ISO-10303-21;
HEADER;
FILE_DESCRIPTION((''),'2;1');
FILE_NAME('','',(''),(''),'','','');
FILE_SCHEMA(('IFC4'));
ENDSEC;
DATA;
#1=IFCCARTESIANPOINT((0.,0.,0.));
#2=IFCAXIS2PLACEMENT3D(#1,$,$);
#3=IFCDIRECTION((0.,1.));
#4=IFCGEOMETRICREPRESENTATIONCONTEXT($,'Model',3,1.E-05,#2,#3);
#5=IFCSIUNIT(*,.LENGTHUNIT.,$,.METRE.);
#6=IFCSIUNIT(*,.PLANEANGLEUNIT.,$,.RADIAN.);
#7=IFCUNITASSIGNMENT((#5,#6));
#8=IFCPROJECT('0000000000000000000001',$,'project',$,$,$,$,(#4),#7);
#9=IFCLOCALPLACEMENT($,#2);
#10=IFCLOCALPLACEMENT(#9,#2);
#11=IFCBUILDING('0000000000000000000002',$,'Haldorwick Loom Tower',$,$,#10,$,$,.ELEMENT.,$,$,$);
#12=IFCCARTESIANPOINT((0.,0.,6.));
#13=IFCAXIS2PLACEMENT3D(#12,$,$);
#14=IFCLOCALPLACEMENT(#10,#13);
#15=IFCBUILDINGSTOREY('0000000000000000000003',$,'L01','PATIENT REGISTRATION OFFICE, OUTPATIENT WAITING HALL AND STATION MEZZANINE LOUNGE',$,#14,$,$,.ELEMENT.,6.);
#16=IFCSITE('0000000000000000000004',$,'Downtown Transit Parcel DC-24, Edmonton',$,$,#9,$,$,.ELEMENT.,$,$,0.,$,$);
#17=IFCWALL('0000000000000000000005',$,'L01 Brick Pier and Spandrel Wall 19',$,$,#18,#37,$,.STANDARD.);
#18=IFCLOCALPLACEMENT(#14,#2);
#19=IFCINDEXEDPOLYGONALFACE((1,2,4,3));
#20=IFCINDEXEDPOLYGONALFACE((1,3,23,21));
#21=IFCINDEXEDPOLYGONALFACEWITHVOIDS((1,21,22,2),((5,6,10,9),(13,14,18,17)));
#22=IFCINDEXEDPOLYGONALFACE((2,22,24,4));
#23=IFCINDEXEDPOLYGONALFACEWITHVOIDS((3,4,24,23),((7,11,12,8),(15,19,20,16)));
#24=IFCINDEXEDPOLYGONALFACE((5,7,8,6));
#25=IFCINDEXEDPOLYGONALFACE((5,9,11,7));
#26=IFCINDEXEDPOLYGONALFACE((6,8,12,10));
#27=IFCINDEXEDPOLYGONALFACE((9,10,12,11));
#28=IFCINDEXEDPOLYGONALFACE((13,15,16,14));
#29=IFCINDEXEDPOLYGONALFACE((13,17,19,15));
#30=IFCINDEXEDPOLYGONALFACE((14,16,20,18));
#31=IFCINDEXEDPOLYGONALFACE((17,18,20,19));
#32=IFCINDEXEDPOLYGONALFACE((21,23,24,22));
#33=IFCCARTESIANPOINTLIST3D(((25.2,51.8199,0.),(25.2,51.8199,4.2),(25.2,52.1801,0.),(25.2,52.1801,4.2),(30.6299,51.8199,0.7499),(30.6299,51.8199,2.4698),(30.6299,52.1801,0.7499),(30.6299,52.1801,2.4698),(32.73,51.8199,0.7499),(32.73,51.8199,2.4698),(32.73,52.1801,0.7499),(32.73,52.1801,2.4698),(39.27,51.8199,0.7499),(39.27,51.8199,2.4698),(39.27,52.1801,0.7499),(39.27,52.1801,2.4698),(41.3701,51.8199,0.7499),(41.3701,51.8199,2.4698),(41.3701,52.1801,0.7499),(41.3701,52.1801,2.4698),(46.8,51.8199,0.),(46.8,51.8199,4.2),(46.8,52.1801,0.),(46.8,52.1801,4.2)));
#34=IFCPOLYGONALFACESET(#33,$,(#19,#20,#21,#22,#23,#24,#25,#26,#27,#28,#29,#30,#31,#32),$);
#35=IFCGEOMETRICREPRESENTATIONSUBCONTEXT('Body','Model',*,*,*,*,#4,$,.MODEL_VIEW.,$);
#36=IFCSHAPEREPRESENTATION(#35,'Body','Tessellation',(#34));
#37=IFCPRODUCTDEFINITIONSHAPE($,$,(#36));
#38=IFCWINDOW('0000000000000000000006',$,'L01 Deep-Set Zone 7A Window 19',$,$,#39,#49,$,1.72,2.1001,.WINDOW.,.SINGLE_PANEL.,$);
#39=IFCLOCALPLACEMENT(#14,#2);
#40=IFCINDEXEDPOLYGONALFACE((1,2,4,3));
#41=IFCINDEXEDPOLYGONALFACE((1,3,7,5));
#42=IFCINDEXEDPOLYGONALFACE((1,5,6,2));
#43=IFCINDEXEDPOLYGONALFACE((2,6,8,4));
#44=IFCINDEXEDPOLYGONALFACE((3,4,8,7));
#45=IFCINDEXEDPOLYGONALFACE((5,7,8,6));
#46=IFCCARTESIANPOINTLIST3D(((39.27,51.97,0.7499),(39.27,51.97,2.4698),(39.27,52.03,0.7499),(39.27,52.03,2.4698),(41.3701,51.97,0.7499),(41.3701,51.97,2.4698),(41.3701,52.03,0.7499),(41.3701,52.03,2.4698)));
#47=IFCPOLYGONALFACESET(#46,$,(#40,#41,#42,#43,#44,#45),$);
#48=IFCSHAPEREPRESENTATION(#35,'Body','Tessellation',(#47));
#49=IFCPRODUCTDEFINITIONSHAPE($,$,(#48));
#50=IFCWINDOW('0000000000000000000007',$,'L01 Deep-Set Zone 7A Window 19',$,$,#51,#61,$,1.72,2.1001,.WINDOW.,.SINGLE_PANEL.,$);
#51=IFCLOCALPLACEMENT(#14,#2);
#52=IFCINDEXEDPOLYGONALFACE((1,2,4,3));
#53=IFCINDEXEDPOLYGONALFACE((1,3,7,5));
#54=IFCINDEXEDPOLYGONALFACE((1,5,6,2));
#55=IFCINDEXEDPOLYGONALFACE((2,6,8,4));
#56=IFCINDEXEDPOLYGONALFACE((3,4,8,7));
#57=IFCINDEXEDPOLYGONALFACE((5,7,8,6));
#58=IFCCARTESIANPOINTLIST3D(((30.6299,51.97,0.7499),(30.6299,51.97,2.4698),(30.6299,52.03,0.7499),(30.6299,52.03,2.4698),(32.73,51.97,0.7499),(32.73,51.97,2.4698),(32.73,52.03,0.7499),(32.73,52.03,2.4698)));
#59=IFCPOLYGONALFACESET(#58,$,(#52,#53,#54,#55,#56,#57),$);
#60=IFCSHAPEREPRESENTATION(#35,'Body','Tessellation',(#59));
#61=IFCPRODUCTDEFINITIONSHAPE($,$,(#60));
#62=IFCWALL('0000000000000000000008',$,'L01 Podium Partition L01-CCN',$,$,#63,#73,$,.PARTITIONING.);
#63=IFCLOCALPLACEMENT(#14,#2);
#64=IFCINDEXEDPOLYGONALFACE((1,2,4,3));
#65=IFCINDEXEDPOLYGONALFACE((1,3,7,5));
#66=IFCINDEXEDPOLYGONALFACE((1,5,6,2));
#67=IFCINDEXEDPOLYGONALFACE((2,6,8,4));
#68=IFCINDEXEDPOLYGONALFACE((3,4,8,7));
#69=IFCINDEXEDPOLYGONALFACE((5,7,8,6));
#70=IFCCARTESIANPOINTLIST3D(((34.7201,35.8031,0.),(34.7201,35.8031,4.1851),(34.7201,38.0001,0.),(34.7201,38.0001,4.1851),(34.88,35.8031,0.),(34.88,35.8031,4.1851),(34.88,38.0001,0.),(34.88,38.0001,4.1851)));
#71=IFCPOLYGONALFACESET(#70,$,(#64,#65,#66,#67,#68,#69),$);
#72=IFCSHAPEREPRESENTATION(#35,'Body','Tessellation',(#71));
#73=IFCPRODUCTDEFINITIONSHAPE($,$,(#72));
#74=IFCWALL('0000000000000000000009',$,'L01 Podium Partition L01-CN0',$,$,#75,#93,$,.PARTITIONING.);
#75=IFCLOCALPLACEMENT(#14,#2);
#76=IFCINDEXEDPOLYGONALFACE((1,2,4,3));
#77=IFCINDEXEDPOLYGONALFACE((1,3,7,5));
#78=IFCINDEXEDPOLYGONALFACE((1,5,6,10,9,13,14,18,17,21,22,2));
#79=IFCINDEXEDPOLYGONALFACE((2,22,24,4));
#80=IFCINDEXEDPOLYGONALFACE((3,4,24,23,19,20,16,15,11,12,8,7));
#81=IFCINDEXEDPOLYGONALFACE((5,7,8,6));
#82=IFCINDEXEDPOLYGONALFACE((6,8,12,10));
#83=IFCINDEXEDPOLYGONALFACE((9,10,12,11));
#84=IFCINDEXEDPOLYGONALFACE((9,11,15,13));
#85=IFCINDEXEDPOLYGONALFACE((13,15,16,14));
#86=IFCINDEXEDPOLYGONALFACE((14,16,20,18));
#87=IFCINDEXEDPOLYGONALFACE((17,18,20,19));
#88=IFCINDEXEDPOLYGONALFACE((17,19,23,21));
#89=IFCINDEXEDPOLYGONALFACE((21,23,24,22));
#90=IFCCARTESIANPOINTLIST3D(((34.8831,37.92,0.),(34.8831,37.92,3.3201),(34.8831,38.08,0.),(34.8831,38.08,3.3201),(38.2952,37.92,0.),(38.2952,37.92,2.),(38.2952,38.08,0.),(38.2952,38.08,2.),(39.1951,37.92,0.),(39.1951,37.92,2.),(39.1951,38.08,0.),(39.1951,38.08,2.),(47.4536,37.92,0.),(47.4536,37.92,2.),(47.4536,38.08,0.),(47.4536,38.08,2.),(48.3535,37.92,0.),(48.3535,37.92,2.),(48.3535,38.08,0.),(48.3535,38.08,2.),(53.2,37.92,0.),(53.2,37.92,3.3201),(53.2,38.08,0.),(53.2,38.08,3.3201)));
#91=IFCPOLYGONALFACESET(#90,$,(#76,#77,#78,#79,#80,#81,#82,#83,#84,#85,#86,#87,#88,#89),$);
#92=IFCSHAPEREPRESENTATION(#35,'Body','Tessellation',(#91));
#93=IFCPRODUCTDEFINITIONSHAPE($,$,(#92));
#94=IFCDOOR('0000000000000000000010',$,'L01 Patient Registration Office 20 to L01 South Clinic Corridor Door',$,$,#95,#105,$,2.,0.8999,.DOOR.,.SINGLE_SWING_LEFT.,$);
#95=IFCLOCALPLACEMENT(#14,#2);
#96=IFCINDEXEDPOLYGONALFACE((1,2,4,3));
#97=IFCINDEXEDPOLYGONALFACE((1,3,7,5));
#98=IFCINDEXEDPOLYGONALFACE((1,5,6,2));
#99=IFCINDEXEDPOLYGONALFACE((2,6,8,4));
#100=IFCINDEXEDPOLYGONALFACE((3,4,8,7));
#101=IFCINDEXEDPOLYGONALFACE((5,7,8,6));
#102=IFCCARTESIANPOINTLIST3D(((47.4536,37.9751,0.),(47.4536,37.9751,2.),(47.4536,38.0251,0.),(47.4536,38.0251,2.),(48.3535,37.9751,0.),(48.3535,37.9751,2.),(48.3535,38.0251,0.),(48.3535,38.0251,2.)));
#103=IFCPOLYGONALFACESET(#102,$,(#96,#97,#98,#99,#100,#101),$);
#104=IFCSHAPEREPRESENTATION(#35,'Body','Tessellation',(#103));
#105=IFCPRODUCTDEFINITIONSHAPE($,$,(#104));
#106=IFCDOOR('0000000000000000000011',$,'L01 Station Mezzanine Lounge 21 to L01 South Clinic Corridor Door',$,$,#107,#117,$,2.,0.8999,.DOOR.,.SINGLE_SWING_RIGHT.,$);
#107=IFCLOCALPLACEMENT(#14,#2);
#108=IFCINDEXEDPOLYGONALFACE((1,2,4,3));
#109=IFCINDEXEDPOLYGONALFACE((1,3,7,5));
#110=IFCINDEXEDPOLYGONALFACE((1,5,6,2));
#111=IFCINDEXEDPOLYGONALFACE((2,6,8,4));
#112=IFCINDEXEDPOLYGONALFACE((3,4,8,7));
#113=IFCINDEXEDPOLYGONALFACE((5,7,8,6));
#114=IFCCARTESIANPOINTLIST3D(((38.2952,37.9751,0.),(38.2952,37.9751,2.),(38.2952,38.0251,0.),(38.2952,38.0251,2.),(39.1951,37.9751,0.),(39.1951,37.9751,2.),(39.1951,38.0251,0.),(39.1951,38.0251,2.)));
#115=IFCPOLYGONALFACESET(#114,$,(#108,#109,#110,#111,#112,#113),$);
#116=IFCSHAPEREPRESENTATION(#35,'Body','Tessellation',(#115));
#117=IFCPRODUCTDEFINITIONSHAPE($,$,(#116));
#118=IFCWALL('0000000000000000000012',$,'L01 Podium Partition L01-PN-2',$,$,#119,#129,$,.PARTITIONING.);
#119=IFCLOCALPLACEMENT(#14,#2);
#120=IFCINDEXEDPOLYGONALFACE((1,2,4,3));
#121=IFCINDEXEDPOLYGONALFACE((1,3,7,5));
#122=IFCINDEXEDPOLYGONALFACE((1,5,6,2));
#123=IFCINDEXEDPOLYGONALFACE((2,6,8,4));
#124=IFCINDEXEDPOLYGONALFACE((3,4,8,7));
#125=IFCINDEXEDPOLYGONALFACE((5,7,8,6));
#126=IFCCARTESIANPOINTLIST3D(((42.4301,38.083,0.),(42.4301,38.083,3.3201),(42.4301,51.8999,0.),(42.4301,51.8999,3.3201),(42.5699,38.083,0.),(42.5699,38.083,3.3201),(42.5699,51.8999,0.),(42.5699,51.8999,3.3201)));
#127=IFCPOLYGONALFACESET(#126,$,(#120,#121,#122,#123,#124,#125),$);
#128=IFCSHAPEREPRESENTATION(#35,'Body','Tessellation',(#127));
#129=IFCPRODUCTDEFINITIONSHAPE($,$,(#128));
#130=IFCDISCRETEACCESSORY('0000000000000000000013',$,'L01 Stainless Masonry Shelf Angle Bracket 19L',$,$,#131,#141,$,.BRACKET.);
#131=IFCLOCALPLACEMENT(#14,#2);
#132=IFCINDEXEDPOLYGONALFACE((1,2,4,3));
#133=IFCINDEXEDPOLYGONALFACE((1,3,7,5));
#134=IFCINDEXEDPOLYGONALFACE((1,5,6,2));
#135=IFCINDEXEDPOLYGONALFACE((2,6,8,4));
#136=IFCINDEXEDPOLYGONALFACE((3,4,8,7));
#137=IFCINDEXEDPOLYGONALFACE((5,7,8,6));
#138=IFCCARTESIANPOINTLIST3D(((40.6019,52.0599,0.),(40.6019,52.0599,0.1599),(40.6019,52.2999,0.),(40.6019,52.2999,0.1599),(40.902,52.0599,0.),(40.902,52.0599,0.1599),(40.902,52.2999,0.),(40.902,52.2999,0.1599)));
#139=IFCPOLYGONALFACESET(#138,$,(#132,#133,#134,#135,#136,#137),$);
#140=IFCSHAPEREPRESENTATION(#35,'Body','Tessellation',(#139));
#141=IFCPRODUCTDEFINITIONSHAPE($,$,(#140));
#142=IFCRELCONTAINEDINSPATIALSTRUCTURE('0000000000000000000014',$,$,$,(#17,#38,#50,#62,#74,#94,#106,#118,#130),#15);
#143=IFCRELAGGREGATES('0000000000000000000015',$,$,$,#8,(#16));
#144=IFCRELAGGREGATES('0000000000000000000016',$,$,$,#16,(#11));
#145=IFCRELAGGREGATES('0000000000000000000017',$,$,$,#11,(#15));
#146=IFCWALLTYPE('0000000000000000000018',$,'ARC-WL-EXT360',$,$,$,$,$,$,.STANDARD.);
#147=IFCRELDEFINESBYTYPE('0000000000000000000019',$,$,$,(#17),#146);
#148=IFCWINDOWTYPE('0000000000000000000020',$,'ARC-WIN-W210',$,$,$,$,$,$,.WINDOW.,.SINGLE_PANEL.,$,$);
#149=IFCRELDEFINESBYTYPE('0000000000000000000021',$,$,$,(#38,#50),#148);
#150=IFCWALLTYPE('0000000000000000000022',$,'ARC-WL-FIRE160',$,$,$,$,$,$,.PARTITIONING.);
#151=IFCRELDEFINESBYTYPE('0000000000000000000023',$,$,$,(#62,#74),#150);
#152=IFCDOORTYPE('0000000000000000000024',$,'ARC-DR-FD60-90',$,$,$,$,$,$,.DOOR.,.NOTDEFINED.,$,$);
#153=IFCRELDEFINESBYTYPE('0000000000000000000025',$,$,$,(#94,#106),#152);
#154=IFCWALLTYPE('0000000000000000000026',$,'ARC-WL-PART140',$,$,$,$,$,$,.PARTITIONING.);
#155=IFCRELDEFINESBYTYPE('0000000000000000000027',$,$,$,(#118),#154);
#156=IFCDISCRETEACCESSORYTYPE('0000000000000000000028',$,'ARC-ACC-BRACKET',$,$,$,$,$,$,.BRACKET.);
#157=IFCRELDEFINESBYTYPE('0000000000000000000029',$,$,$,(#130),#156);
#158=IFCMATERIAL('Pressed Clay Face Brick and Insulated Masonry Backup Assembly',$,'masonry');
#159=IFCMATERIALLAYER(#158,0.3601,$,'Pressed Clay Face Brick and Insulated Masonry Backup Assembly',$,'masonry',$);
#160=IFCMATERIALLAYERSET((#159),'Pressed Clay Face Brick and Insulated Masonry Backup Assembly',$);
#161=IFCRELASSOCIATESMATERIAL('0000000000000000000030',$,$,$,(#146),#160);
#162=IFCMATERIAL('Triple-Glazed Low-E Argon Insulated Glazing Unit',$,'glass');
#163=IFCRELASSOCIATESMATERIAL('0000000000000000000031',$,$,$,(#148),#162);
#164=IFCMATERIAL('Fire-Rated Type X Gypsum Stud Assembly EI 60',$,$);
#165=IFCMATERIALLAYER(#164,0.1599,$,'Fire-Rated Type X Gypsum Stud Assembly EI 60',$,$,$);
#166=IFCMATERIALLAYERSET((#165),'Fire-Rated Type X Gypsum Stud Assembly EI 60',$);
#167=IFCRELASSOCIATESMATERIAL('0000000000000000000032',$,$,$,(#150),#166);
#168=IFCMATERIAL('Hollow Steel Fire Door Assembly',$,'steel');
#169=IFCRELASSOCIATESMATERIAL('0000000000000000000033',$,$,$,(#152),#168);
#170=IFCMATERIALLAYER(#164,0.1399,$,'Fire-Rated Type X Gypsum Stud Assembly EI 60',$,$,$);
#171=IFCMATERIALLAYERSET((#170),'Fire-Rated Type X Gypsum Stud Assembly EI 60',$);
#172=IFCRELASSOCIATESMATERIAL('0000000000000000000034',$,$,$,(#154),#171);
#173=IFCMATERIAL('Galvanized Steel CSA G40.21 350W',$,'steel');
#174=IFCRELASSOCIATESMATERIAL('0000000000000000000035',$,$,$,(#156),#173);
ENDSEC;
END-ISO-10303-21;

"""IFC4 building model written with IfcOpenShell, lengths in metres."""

from ifc_helpers import new_model, si_unit, direction, frame, frame_2d, origin, origin_2d, place, context, subcontext, project, spatial, rectangle, extrude, material, layer, layer_set, type_object, element, fill, save


model = new_model("IFC4")

# Units and contexts
model_context = context("Model", 3, precision=1e-05, world=origin(), true_north=direction((0.0, 1.0)))
body_context = subcontext(model_context, "Body", "Model", "MODEL_VIEW")
ifc_project = project(units=[si_unit("LENGTHUNIT", "METRE"), si_unit("PLANEANGLEUNIT", "RADIAN")], contexts=[model_context])

# Site, building, storey
site_placement = place(None, origin())
site = spatial("IfcSite", under=ifc_project, at=site_placement, Name="Downtown Transit Parcel DC-24, Edmonton", CompositionType="ELEMENT", RefElevation=0.0)
building_placement = place(site_placement, origin())
building = spatial("IfcBuilding", under=site, at=building_placement, Name="Haldorwick Loom Tower", CompositionType="ELEMENT")
storey_placement = place(building_placement, frame((0.0, 0.0, 6.0)))
storey = spatial("IfcBuildingStorey", under=building, at=storey_placement, Name="L01", Description="PATIENT REGISTRATION OFFICE, OUTPATIENT WAITING HALL AND STATION MEZZANINE LOUNGE", CompositionType="ELEMENT", Elevation=6.0)

# Wall, openings, windows
ifc_material_1 = material(Name="Pressed Clay Face Brick and Insulated Masonry Backup Assembly", Category="masonry")
ifc_layer_1 = layer(ifc_material_1, 0.3601, Name="Pressed Clay Face Brick and Insulated Masonry Backup Assembly", Category="masonry")
ifc_layer_set_1 = layer_set([ifc_layer_1], Name="Pressed Clay Face Brick and Insulated Masonry Backup Assembly")
wall_type_1 = type_object("IfcWallType", Name="ARC-WL-EXT360", PredefinedType="STANDARD", material=ifc_layer_set_1)
wall_1_placement = place(storey_placement, frame((46.8, 52.0, 0.0), z_axis=(0.0, 0.0, 1.0), x_axis=(-1.0, 0.0, 0.0)))
wall_1 = element("IfcWall", 1, at=wall_1_placement, inside=storey, type_object=wall_type_1, Name="L01 Brick Pier and Spandrel Wall 19", PredefinedType="STANDARD", context=body_context, shape_type="SweptSolid", body=[
    extrude(rectangle(XDim=21.6001, YDim=0.3601, at=frame_2d((10.8, 0.0))), origin(), (0.0, 0.0, 1.0), 4.2),
])
opening_1_placement = place(wall_1_placement, frame((5.4299, 0.0, 0.75)))
opening_1 = element("IfcOpeningElement", 2, at=opening_1_placement, cuts=wall_1, PredefinedType="OPENING", context=body_context, shape_type="SweptSolid", body=[
    extrude(rectangle(XDim=2.1001, YDim=1.72, at=frame_2d((1.05, 0.8599))), frame((0.0, 0.1899, 0.0), z_axis=(0.0, -1.0, 0.0), x_axis=(1.0, 0.0, 0.0)), (0.0, 0.0, 1.0), 0.3801),
])
opening_2_placement = place(wall_1_placement, frame((14.0701, 0.0, 0.75)))
opening_2 = element("IfcOpeningElement", 3, at=opening_2_placement, cuts=wall_1, PredefinedType="OPENING", context=body_context, shape_type="SweptSolid", body=[
    extrude(rectangle(XDim=2.1001, YDim=1.72, at=frame_2d((1.05, 0.8599))), frame((0.0, 0.1899, 0.0), z_axis=(0.0, -1.0, 0.0), x_axis=(1.0, 0.0, 0.0)), (0.0, 0.0, 1.0), 0.3801),
])
ifc_material_2 = material(Name="Triple-Glazed Low-E Argon Insulated Glazing Unit", Category="glass")
window_type = type_object("IfcWindowType", Name="ARC-WIN-W210", PartitioningType="SINGLE_PANEL", PredefinedType="WINDOW", material=ifc_material_2)
window_1_placement = place(opening_1_placement, origin())
window_1 = element("IfcWindow", 4, at=window_1_placement, inside=storey, type_object=window_type, Name="L01 Deep-Set Zone 7A Window 19", OverallHeight=1.72, OverallWidth=2.1001, PartitioningType="SINGLE_PANEL", PredefinedType="WINDOW", context=body_context, shape_type="SweptSolid", body=[
    extrude(rectangle(XDim=2.1001, YDim=1.72, at=frame_2d((1.05, 0.8599))), frame((0.0, 0.03, 0.0), z_axis=(0.0, -1.0, 0.0), x_axis=(1.0, 0.0, 0.0)), (0.0, 0.0, 1.0), 0.0601),
])
fill(opening_1, window_1)
window_2_placement = place(opening_2_placement, origin())
window_2 = element("IfcWindow", 5, at=window_2_placement, inside=storey, type_object=window_type, Name="L01 Deep-Set Zone 7A Window 19", OverallHeight=1.72, OverallWidth=2.1001, PartitioningType="SINGLE_PANEL", PredefinedType="WINDOW", context=body_context, shape_type="SweptSolid", body=[
    extrude(rectangle(XDim=2.1001, YDim=1.72, at=frame_2d((1.05, 0.8599))), frame((0.0, 0.03, 0.0), z_axis=(0.0, -1.0, 0.0), x_axis=(1.0, 0.0, 0.0)), (0.0, 0.0, 1.0), 0.0601),
])
fill(opening_2, window_2)

# Wall
ifc_material_3 = material(Name="Fire-Rated Type X Gypsum Stud Assembly EI 60")
ifc_layer_2 = layer(ifc_material_3, 0.1599, Name="Fire-Rated Type X Gypsum Stud Assembly EI 60")
ifc_layer_set_2 = layer_set([ifc_layer_2], Name="Fire-Rated Type X Gypsum Stud Assembly EI 60")
wall_type_2 = type_object("IfcWallType", Name="ARC-WL-FIRE160", PredefinedType="PARTITIONING", material=ifc_layer_set_2)
wall_2_placement = place(storey_placement, frame((34.8, 35.803, 0.0), z_axis=(0.0, 0.0, 1.0), x_axis=(0.0, 1.0, 0.0)))
element("IfcWall", 6, at=wall_2_placement, inside=storey, type_object=wall_type_2, Name="L01 Podium Partition L01-CCN", PredefinedType="PARTITIONING", context=body_context, shape_type="SweptSolid", body=[
    extrude(rectangle(XDim=2.197, YDim=0.1599, at=frame_2d((1.0986, 0.0))), origin(), (0.0, 0.0, 1.0), 4.1851),
])

# Wall, openings, doors
wall_3_placement = place(storey_placement, frame((34.8831, 38.0, 0.0), z_axis=(0.0, 0.0, 1.0), x_axis=(1.0, 0.0, 0.0)))
wall_3 = element("IfcWall", 7, at=wall_3_placement, inside=storey, type_object=wall_type_2, Name="L01 Podium Partition L01-CN0", PredefinedType="PARTITIONING", context=body_context, shape_type="SweptSolid", body=[
    extrude(rectangle(XDim=18.3169, YDim=0.1599, at=frame_2d((9.1584, 0.0))), origin(), (0.0, 0.0, 1.0), 3.3201),
])
opening_3_placement = place(wall_3_placement, frame((12.5706, 0.0, 0.0)))
opening_3 = element("IfcOpeningElement", 8, at=opening_3_placement, cuts=wall_3, PredefinedType="OPENING", context=body_context, shape_type="SweptSolid", body=[
    extrude(rectangle(XDim=0.8999, YDim=2.0, at=frame_2d((0.45, 1.0))), frame((0.0, 0.0898, 0.0), z_axis=(0.0, -1.0, 0.0), x_axis=(1.0, 0.0, 0.0)), (0.0, 0.0, 1.0), 0.1799),
])
opening_4_placement = place(wall_3_placement, frame((3.4121, 0.0, 0.0)))
opening_4 = element("IfcOpeningElement", 9, at=opening_4_placement, cuts=wall_3, PredefinedType="OPENING", context=body_context, shape_type="SweptSolid", body=[
    extrude(rectangle(XDim=0.8999, YDim=2.0, at=frame_2d((0.45, 1.0))), frame((0.0, 0.0898, 0.0), z_axis=(0.0, -1.0, 0.0), x_axis=(1.0, 0.0, 0.0)), (0.0, 0.0, 1.0), 0.1799),
])
ifc_material_4 = material(Name="Hollow Steel Fire Door Assembly", Category="steel")
door_type = type_object("IfcDoorType", Name="ARC-DR-FD60-90", OperationType="NOTDEFINED", PredefinedType="DOOR", material=ifc_material_4)
door_1_placement = place(opening_3_placement, frame((0.8999, 0.0, 0.0), z_axis=(0.0, 0.0, 1.0), x_axis=(-1.0, 0.0, 0.0)))
door_1 = element("IfcDoor", 10, at=door_1_placement, inside=storey, type_object=door_type, Name="L01 Patient Registration Office 20 to L01 South Clinic Corridor Door", OperationType="SINGLE_SWING_LEFT", OverallHeight=2.0, OverallWidth=0.8999, PredefinedType="DOOR", context=body_context, shape_type="SweptSolid", body=[
    extrude(rectangle(XDim=0.8999, YDim=2.0, at=frame_2d((0.45, 1.0))), frame((0.0, 0.0249, 0.0), z_axis=(0.0, -1.0, 0.0), x_axis=(1.0, 0.0, 0.0)), (0.0, 0.0, 1.0), 0.05),
])
fill(opening_3, door_1)
door_2_placement = place(opening_4_placement, frame((0.8999, 0.0, 0.0), z_axis=(0.0, 0.0, 1.0), x_axis=(-1.0, 0.0, 0.0)))
door_2 = element("IfcDoor", 11, at=door_2_placement, inside=storey, type_object=door_type, Name="L01 Station Mezzanine Lounge 21 to L01 South Clinic Corridor Door", OperationType="SINGLE_SWING_RIGHT", OverallHeight=2.0, OverallWidth=0.8999, PredefinedType="DOOR", context=body_context, shape_type="SweptSolid", body=[
    extrude(rectangle(XDim=0.8999, YDim=2.0, at=frame_2d((0.45, 1.0))), frame((0.0, 0.0249, 0.0), z_axis=(0.0, -1.0, 0.0), x_axis=(1.0, 0.0, 0.0)), (0.0, 0.0, 1.0), 0.05),
])
fill(opening_4, door_2)

# Wall
ifc_layer_3 = layer(ifc_material_3, 0.1399, Name="Fire-Rated Type X Gypsum Stud Assembly EI 60")
ifc_layer_set_3 = layer_set([ifc_layer_3], Name="Fire-Rated Type X Gypsum Stud Assembly EI 60")
wall_type_3 = type_object("IfcWallType", Name="ARC-WL-PART140", PredefinedType="PARTITIONING", material=ifc_layer_set_3)
wall_4_placement = place(storey_placement, frame((42.5, 38.083, 0.0), z_axis=(0.0, 0.0, 1.0), x_axis=(0.0, 1.0, 0.0)))
element("IfcWall", 12, at=wall_4_placement, inside=storey, type_object=wall_type_3, Name="L01 Podium Partition L01-PN-2", PredefinedType="PARTITIONING", context=body_context, shape_type="SweptSolid", body=[
    extrude(rectangle(XDim=13.8169, YDim=0.1399, at=frame_2d((6.9084, 0.0))), origin(), (0.0, 0.0, 1.0), 3.3201),
])

# Discrete accessory
ifc_material_5 = material(Name="Galvanized Steel CSA G40.21 350W", Category="steel")
discrete_accessory_type = type_object("IfcDiscreteAccessoryType", Name="ARC-ACC-BRACKET", PredefinedType="BRACKET", material=ifc_material_5)
discrete_accessory_placement = place(storey_placement, frame((40.752, 52.1799, 0.0), z_axis=(0.0, 0.0, 1.0), x_axis=(-1.0, 0.0, 0.0)))
element("IfcDiscreteAccessory", 13, at=discrete_accessory_placement, inside=storey, type_object=discrete_accessory_type, Name="L01 Stainless Masonry Shelf Angle Bracket 19L", PredefinedType="BRACKET", context=body_context, shape_type="SweptSolid", body=[
    extrude(rectangle(XDim=0.3, YDim=0.24, at=origin_2d()), origin(), (0.0, 0.0, 1.0), 0.1599),
])

save(model, "model.ifc")
